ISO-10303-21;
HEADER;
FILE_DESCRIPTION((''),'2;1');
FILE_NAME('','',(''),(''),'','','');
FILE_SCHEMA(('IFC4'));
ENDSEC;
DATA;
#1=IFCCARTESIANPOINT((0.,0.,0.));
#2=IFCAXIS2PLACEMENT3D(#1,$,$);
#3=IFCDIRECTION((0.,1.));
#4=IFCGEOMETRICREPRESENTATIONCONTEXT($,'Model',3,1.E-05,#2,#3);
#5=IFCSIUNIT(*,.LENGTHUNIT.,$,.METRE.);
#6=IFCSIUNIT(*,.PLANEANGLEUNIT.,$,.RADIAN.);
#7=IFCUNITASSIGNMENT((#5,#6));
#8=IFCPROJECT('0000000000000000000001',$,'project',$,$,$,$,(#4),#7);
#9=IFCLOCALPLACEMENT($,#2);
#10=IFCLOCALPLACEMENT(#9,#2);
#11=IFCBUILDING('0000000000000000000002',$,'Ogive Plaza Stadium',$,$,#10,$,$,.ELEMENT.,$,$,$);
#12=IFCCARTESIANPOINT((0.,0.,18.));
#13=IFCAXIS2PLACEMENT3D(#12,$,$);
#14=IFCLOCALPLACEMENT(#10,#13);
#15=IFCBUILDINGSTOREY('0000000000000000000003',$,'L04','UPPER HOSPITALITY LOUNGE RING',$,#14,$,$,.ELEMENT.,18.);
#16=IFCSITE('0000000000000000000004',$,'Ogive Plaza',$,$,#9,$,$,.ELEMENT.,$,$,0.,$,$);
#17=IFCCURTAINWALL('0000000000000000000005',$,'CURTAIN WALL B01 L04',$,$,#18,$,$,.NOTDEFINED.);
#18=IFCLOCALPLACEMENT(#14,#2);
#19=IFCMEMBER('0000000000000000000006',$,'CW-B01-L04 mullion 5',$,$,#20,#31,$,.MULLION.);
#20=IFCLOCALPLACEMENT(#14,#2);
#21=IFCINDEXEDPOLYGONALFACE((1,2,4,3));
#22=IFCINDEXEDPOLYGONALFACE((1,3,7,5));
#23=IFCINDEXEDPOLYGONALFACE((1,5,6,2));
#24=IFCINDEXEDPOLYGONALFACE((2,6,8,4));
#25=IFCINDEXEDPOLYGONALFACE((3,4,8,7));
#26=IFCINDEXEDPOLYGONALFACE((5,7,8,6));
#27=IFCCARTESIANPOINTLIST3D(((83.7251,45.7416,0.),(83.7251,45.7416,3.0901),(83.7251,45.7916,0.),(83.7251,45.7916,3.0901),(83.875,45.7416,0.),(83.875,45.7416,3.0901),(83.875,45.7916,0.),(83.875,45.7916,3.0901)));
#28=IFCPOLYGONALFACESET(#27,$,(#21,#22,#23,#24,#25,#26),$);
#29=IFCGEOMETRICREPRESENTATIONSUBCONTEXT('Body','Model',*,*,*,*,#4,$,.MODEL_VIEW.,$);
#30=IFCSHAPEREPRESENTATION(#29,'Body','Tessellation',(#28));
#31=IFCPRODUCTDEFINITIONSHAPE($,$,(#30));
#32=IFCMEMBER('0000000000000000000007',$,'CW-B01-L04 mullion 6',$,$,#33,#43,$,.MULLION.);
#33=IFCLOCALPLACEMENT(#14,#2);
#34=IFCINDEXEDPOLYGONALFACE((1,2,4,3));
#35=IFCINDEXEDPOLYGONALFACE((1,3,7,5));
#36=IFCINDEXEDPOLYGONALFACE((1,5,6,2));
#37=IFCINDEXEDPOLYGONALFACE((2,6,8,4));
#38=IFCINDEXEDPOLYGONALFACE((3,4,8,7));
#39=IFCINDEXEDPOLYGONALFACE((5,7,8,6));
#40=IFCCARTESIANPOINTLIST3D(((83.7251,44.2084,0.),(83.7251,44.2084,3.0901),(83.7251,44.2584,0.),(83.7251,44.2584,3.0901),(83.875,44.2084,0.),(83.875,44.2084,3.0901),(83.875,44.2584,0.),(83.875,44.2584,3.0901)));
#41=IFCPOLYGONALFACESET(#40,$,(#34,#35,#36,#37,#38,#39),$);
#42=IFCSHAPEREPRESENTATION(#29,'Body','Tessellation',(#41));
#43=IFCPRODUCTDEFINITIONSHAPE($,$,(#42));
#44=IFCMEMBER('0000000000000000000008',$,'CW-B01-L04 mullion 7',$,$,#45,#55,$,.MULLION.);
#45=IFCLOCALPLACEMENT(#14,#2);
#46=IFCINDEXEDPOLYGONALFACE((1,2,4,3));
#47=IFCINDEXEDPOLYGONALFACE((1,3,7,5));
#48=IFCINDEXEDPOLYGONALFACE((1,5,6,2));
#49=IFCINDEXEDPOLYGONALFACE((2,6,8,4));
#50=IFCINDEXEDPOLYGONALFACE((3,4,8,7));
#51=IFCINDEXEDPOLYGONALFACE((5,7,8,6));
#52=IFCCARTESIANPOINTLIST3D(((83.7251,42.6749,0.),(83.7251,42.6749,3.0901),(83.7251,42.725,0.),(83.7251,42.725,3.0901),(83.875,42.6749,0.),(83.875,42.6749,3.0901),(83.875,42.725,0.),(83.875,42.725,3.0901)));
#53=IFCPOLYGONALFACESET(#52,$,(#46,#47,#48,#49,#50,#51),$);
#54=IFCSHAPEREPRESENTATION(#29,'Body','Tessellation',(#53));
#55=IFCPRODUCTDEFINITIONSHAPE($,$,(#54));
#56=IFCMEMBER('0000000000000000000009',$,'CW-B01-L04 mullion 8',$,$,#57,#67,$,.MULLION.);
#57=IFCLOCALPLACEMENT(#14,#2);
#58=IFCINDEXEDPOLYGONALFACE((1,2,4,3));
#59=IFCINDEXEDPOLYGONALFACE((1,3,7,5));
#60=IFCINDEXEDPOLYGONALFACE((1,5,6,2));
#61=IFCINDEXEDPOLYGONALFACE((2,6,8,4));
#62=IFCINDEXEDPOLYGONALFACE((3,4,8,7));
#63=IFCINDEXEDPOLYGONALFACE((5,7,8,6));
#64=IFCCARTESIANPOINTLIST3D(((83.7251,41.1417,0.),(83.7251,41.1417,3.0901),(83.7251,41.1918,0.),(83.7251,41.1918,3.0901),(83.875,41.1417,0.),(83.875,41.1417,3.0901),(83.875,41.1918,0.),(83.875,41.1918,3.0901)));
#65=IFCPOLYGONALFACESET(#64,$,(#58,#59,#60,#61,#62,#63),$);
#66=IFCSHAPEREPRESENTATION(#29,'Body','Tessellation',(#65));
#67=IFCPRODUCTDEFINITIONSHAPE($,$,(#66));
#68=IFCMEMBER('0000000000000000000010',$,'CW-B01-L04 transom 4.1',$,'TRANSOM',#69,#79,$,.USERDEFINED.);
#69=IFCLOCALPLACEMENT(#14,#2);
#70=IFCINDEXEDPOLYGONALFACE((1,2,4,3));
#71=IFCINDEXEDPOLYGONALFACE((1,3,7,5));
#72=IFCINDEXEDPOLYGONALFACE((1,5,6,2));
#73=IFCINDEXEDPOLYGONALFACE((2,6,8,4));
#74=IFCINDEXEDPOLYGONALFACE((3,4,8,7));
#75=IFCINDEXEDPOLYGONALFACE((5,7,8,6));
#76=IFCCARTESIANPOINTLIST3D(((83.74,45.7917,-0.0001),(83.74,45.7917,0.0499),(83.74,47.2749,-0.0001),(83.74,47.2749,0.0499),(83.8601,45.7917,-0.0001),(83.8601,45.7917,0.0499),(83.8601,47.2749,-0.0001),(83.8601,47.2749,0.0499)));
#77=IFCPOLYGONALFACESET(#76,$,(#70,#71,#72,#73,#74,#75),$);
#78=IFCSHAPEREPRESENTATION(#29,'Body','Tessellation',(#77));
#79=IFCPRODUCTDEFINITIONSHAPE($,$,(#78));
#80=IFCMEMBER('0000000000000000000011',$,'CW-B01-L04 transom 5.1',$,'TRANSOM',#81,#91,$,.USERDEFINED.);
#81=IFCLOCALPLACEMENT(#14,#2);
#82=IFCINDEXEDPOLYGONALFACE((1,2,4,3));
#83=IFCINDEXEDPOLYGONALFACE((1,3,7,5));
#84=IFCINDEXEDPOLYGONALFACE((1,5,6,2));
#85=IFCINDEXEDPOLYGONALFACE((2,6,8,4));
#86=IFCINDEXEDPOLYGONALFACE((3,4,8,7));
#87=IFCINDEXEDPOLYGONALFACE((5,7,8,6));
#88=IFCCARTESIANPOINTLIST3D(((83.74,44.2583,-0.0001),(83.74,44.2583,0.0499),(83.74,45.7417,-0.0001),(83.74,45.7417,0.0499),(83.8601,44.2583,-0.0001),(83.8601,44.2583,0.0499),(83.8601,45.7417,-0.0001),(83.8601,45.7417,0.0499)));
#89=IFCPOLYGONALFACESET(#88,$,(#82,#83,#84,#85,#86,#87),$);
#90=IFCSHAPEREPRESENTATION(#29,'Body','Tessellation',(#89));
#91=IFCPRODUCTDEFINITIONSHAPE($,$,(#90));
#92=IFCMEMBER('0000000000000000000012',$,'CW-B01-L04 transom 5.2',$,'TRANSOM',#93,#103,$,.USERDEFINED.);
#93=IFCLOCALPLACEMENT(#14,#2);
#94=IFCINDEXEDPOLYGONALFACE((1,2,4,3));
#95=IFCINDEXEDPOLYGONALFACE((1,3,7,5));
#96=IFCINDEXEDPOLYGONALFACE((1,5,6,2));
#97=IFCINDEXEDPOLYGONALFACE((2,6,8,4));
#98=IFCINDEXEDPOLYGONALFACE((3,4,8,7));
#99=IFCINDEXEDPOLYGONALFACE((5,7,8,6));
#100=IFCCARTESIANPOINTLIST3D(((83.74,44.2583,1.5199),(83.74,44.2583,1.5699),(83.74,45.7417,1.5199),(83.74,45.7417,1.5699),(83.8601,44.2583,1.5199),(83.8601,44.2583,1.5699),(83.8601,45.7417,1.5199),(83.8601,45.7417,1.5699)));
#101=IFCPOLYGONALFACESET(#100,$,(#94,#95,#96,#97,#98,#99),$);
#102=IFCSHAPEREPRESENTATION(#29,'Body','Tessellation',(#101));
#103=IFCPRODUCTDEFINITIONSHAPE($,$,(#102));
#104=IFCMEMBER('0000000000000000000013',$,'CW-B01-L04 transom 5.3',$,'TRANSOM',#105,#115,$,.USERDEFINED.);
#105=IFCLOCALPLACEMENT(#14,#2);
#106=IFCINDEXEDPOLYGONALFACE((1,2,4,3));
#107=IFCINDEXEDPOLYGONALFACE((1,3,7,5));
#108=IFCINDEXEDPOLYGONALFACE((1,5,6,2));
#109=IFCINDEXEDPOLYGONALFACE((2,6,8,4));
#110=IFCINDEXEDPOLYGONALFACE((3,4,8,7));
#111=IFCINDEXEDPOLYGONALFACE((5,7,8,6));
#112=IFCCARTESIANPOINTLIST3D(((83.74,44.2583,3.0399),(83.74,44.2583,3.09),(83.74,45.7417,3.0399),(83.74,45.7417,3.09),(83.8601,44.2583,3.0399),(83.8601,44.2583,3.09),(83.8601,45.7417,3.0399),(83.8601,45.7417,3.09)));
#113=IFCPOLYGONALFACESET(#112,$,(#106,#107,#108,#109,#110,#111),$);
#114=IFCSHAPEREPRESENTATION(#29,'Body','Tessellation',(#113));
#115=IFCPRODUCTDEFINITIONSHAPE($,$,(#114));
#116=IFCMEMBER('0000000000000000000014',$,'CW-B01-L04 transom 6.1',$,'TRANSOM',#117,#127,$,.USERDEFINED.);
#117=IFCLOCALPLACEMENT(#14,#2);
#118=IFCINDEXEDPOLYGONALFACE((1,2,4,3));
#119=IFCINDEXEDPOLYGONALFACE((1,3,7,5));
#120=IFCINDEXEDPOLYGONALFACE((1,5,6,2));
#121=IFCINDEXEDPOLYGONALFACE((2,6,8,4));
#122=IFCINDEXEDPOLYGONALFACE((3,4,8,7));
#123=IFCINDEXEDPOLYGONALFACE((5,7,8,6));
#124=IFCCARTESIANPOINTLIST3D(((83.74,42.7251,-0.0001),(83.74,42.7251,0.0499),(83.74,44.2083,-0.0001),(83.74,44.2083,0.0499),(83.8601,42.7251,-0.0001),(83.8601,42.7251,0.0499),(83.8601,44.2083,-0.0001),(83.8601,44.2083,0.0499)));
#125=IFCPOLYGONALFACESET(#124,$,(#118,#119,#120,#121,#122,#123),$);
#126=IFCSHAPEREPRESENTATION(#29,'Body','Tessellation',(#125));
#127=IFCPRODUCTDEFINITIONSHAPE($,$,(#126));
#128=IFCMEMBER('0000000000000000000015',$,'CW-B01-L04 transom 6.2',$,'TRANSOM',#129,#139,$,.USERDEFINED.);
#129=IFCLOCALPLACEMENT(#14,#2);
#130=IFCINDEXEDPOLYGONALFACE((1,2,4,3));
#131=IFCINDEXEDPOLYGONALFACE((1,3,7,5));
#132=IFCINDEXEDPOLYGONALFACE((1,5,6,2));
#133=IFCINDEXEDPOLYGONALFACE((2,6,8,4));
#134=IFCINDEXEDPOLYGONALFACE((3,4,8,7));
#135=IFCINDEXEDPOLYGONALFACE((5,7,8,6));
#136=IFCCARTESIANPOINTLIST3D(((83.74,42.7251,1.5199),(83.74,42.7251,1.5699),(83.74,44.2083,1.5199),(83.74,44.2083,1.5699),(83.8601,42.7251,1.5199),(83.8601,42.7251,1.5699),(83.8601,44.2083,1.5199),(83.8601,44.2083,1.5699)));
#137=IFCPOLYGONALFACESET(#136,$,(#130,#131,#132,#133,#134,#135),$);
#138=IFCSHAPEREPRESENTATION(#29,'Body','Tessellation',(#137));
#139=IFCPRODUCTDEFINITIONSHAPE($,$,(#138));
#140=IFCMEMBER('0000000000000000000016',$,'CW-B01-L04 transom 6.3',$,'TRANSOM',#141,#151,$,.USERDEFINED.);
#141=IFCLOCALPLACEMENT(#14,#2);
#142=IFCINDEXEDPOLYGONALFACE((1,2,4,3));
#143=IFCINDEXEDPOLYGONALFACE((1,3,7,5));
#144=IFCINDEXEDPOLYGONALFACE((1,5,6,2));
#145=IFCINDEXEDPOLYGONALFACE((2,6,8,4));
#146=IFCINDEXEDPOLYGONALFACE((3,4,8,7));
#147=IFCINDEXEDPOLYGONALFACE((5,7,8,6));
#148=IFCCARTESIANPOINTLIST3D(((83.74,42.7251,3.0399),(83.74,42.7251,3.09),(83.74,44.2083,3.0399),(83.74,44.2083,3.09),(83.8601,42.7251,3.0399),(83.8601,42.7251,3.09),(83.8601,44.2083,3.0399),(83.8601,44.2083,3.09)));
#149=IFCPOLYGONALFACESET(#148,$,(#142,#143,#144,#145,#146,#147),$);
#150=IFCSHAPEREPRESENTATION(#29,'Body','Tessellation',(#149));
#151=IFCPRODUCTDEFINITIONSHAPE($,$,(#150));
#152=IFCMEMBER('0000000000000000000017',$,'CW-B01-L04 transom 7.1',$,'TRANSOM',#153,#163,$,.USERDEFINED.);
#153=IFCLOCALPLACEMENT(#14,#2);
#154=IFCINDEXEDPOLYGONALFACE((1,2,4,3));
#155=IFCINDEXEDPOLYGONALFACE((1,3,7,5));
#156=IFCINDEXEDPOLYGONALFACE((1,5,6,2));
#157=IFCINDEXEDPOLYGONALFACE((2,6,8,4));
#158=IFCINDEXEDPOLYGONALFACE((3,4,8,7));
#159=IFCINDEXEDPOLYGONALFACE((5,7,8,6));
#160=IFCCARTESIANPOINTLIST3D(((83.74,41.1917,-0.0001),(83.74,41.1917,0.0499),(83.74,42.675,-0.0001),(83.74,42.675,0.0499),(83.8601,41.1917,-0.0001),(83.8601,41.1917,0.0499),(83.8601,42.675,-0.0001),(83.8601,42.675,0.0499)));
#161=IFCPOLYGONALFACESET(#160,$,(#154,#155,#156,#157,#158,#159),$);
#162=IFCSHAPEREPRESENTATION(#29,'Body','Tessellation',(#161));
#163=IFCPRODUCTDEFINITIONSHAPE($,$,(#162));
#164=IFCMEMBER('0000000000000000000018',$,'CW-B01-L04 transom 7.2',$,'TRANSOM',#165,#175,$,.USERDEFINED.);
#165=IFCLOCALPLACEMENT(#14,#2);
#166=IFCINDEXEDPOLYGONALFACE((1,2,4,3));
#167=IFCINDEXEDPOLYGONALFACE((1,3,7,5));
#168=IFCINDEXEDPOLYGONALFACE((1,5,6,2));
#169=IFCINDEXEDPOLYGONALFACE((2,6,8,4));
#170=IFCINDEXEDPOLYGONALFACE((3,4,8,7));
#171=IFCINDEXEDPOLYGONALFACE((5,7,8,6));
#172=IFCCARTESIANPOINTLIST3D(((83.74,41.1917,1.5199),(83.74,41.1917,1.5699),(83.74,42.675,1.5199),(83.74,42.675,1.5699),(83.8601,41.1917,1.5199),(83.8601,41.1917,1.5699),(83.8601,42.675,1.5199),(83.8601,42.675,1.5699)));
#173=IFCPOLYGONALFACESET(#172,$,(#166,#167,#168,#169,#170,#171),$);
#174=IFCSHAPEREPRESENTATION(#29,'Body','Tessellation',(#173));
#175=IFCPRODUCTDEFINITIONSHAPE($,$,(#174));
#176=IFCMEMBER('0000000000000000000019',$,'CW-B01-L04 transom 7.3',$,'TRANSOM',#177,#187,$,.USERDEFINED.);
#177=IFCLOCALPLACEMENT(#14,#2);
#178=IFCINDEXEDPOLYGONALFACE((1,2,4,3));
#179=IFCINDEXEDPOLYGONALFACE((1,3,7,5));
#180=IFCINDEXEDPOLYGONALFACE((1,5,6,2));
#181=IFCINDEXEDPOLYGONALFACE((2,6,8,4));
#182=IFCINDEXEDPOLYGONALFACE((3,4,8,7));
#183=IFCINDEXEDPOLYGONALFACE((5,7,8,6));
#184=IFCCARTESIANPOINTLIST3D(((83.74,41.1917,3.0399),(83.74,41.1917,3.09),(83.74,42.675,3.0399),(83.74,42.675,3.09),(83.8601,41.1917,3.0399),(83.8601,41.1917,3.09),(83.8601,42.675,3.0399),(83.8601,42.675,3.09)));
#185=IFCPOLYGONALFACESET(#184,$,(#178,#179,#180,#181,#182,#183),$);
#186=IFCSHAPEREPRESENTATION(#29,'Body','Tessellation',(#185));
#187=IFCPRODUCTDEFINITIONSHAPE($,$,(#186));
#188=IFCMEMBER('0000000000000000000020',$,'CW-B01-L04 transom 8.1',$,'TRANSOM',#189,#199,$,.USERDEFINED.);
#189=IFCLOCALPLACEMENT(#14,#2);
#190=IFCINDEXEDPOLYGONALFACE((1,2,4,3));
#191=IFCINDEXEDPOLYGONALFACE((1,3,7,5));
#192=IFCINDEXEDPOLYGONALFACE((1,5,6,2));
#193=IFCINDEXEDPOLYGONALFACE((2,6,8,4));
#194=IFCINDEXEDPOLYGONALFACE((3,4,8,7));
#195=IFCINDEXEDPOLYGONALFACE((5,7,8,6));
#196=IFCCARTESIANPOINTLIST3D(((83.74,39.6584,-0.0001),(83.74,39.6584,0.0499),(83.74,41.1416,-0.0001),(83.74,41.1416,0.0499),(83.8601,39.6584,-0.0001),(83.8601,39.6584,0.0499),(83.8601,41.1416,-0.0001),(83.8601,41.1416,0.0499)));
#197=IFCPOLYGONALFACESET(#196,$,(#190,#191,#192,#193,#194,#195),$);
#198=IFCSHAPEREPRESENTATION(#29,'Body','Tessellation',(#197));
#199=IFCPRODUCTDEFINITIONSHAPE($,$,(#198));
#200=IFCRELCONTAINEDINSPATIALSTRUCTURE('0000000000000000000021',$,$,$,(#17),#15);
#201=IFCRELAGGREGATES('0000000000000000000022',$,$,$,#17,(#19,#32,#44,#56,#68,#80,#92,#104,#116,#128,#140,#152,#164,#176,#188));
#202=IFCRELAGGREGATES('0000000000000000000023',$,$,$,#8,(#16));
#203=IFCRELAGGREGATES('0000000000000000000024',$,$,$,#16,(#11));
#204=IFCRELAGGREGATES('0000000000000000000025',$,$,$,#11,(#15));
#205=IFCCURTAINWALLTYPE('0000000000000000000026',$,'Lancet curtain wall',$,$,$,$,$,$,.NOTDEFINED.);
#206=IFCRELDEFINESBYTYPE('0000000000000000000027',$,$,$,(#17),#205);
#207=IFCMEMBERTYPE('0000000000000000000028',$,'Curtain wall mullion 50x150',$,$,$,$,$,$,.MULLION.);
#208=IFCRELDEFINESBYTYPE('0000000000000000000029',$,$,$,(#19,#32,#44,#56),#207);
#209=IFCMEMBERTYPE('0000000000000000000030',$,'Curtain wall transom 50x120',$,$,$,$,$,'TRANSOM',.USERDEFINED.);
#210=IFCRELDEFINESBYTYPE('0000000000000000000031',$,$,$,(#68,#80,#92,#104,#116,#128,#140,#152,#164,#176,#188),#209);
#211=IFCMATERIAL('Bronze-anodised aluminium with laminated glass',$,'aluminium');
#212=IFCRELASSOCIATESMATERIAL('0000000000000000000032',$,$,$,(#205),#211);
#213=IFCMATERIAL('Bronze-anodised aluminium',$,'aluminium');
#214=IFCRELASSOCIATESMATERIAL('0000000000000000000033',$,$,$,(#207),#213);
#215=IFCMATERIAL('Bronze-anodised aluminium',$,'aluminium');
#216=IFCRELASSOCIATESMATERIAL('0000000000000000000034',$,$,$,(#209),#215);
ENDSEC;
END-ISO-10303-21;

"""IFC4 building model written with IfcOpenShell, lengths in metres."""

from ifc_helpers import new_model, si_unit, direction, frame, origin, origin_2d, place, context, subcontext, project, spatial, rectangle, extrude, material, material_profile, profile_set, type_object, element, aggregate, save


model = new_model("IFC4")

# Units and contexts
model_context = context("Model", 3, precision=1e-05, world=origin(), true_north=direction((0.0, 1.0)))
body_context = subcontext(model_context, "Body", "Model", "MODEL_VIEW")
ifc_project = project(units=[si_unit("LENGTHUNIT", "METRE"), si_unit("PLANEANGLEUNIT", "RADIAN")], contexts=[model_context])

# Site, building, storey
site_placement = place(None, origin())
site = spatial("IfcSite", under=ifc_project, at=site_placement, Name="Ogive Plaza", CompositionType="ELEMENT", RefElevation=0.0)
building_placement = place(site_placement, origin())
building = spatial("IfcBuilding", under=site, at=building_placement, Name="Ogive Plaza Stadium", CompositionType="ELEMENT")
storey_placement = place(building_placement, frame((0.0, 0.0, 18.0)))
storey = spatial("IfcBuildingStorey", under=building, at=storey_placement, Name="L04", Description="UPPER HOSPITALITY LOUNGE RING", CompositionType="ELEMENT", Elevation=18.0)

# Curtain wall, members
ifc_material_1 = material(Name="Bronze-anodised aluminium with laminated glass", Category="aluminium")
curtain_wall_type = type_object("IfcCurtainWallType", Name="Lancet curtain wall", PredefinedType="NOTDEFINED", material=ifc_material_1)
curtain_wall_placement = place(storey_placement, origin())
curtain_wall = element("IfcCurtainWall", 1, at=curtain_wall_placement, inside=storey, type_object=curtain_wall_type, Name="CURTAIN WALL B01 L04", PredefinedType="NOTDEFINED")
ifc_material_2 = material(Name="Bronze-anodised aluminium", Category="aluminium")
ifc_material_profile_1 = material_profile(ifc_material_2, rectangle(XDim=0.1499, YDim=0.05, at=origin_2d()), Name="AL 150x50")
ifc_profile_set_1 = profile_set([ifc_material_profile_1], Name="Bronze-anodised aluminium")
member_type_1 = type_object("IfcMemberType", Name="Curtain wall mullion 50x150", PredefinedType="MULLION", material=ifc_profile_set_1)
member_1_placement = place(storey_placement, frame((83.8, 45.7666, 0.0), z_axis=(0.0, 0.0, 1.0), x_axis=(1.0, 0.0, 0.0)))
member_1 = element("IfcMember", 2, at=member_1_placement, type_object=member_type_1, Name="CW-B01-L04 mullion 5", PredefinedType="MULLION", context=body_context, shape_type="SweptSolid", body=[
    extrude(rectangle(XDim=0.1499, YDim=0.05, at=origin_2d()), origin(), (0.0, 0.0, 1.0), 3.0901),
])
member_2_placement = place(storey_placement, frame((83.8, 44.2334, 0.0), z_axis=(0.0, 0.0, 1.0), x_axis=(1.0, 0.0, 0.0)))
member_2 = element("IfcMember", 3, at=member_2_placement, type_object=member_type_1, Name="CW-B01-L04 mullion 6", PredefinedType="MULLION", context=body_context, shape_type="SweptSolid", body=[
    extrude(rectangle(XDim=0.1499, YDim=0.05, at=origin_2d()), origin(), (0.0, 0.0, 1.0), 3.0901),
])
member_3_placement = place(storey_placement, frame((83.8, 42.7, 0.0), z_axis=(0.0, 0.0, 1.0), x_axis=(1.0, 0.0, 0.0)))
member_3 = element("IfcMember", 4, at=member_3_placement, type_object=member_type_1, Name="CW-B01-L04 mullion 7", PredefinedType="MULLION", context=body_context, shape_type="SweptSolid", body=[
    extrude(rectangle(XDim=0.1499, YDim=0.05, at=origin_2d()), origin(), (0.0, 0.0, 1.0), 3.0901),
])
member_4_placement = place(storey_placement, frame((83.8, 41.1667, 0.0), z_axis=(0.0, 0.0, 1.0), x_axis=(1.0, 0.0, 0.0)))
member_4 = element("IfcMember", 5, at=member_4_placement, type_object=member_type_1, Name="CW-B01-L04 mullion 8", PredefinedType="MULLION", context=body_context, shape_type="SweptSolid", body=[
    extrude(rectangle(XDim=0.1499, YDim=0.05, at=origin_2d()), origin(), (0.0, 0.0, 1.0), 3.0901),
])
ifc_material_3 = material(Name="Bronze-anodised aluminium", Category="aluminium")
ifc_material_profile_2 = material_profile(ifc_material_3, rectangle(XDim=0.1201, YDim=0.05, at=origin_2d()), Name="AL 120x50")
ifc_profile_set_2 = profile_set([ifc_material_profile_2], Name="Bronze-anodised aluminium")
member_type_2 = type_object("IfcMemberType", Name="Curtain wall transom 50x120", ElementType="TRANSOM", PredefinedType="USERDEFINED", material=ifc_profile_set_2)
member_5_placement = place(storey_placement, frame((83.8, 47.2749, 0.0249), z_axis=(0.0, -1.0, 0.0), x_axis=(1.0, 0.0, 0.0)))
member_5 = element("IfcMember", 6, at=member_5_placement, type_object=member_type_2, Name="CW-B01-L04 transom 4.1", ObjectType="TRANSOM", PredefinedType="USERDEFINED", context=body_context, shape_type="SweptSolid", body=[
    extrude(rectangle(XDim=0.1201, YDim=0.05, at=origin_2d()), origin(), (0.0, 0.0, 1.0), 1.4832),
])
member_6_placement = place(storey_placement, frame((83.8, 45.7417, 0.0249), z_axis=(0.0, -1.0, 0.0), x_axis=(1.0, 0.0, 0.0)))
member_6 = element("IfcMember", 7, at=member_6_placement, type_object=member_type_2, Name="CW-B01-L04 transom 5.1", ObjectType="TRANSOM", PredefinedType="USERDEFINED", context=body_context, shape_type="SweptSolid", body=[
    extrude(rectangle(XDim=0.1201, YDim=0.05, at=origin_2d()), origin(), (0.0, 0.0, 1.0), 1.4834),
])
member_7_placement = place(storey_placement, frame((83.8, 45.7417, 1.5449), z_axis=(0.0, -1.0, 0.0), x_axis=(1.0, 0.0, 0.0)))
member_7 = element("IfcMember", 8, at=member_7_placement, type_object=member_type_2, Name="CW-B01-L04 transom 5.2", ObjectType="TRANSOM", PredefinedType="USERDEFINED", context=body_context, shape_type="SweptSolid", body=[
    extrude(rectangle(XDim=0.1201, YDim=0.05, at=origin_2d()), origin(), (0.0, 0.0, 1.0), 1.4834),
])
member_8_placement = place(storey_placement, frame((83.8, 45.7417, 3.0649), z_axis=(0.0, -1.0, 0.0), x_axis=(1.0, 0.0, 0.0)))
member_8 = element("IfcMember", 9, at=member_8_placement, type_object=member_type_2, Name="CW-B01-L04 transom 5.3", ObjectType="TRANSOM", PredefinedType="USERDEFINED", context=body_context, shape_type="SweptSolid", body=[
    extrude(rectangle(XDim=0.1201, YDim=0.05, at=origin_2d()), origin(), (0.0, 0.0, 1.0), 1.4834),
])
member_9_placement = place(storey_placement, frame((83.8, 44.2083, 0.0249), z_axis=(0.0, -1.0, 0.0), x_axis=(1.0, 0.0, 0.0)))
member_9 = element("IfcMember", 10, at=member_9_placement, type_object=member_type_2, Name="CW-B01-L04 transom 6.1", ObjectType="TRANSOM", PredefinedType="USERDEFINED", context=body_context, shape_type="SweptSolid", body=[
    extrude(rectangle(XDim=0.1201, YDim=0.05, at=origin_2d()), origin(), (0.0, 0.0, 1.0), 1.4832),
])
member_10_placement = place(storey_placement, frame((83.8, 44.2083, 1.5449), z_axis=(0.0, -1.0, 0.0), x_axis=(1.0, 0.0, 0.0)))
member_10 = element("IfcMember", 11, at=member_10_placement, type_object=member_type_2, Name="CW-B01-L04 transom 6.2", ObjectType="TRANSOM", PredefinedType="USERDEFINED", context=body_context, shape_type="SweptSolid", body=[
    extrude(rectangle(XDim=0.1201, YDim=0.05, at=origin_2d()), origin(), (0.0, 0.0, 1.0), 1.4832),
])
member_11_placement = place(storey_placement, frame((83.8, 44.2083, 3.0649), z_axis=(0.0, -1.0, 0.0), x_axis=(1.0, 0.0, 0.0)))
member_11 = element("IfcMember", 12, at=member_11_placement, type_object=member_type_2, Name="CW-B01-L04 transom 6.3", ObjectType="TRANSOM", PredefinedType="USERDEFINED", context=body_context, shape_type="SweptSolid", body=[
    extrude(rectangle(XDim=0.1201, YDim=0.05, at=origin_2d()), origin(), (0.0, 0.0, 1.0), 1.4832),
])
member_12_placement = place(storey_placement, frame((83.8, 42.675, 0.0249), z_axis=(0.0, -1.0, 0.0), x_axis=(1.0, 0.0, 0.0)))
member_12 = element("IfcMember", 13, at=member_12_placement, type_object=member_type_2, Name="CW-B01-L04 transom 7.1", ObjectType="TRANSOM", PredefinedType="USERDEFINED", context=body_context, shape_type="SweptSolid", body=[
    extrude(rectangle(XDim=0.1201, YDim=0.05, at=origin_2d()), origin(), (0.0, 0.0, 1.0), 1.4834),
])
member_13_placement = place(storey_placement, frame((83.8, 42.675, 1.5449), z_axis=(0.0, -1.0, 0.0), x_axis=(1.0, 0.0, 0.0)))
member_13 = element("IfcMember", 14, at=member_13_placement, type_object=member_type_2, Name="CW-B01-L04 transom 7.2", ObjectType="TRANSOM", PredefinedType="USERDEFINED", context=body_context, shape_type="SweptSolid", body=[
    extrude(rectangle(XDim=0.1201, YDim=0.05, at=origin_2d()), origin(), (0.0, 0.0, 1.0), 1.4834),
])
member_14_placement = place(storey_placement, frame((83.8, 42.675, 3.0649), z_axis=(0.0, -1.0, 0.0), x_axis=(1.0, 0.0, 0.0)))
member_14 = element("IfcMember", 15, at=member_14_placement, type_object=member_type_2, Name="CW-B01-L04 transom 7.3", ObjectType="TRANSOM", PredefinedType="USERDEFINED", context=body_context, shape_type="SweptSolid", body=[
    extrude(rectangle(XDim=0.1201, YDim=0.05, at=origin_2d()), origin(), (0.0, 0.0, 1.0), 1.4834),
])
member_15_placement = place(storey_placement, frame((83.8, 41.1416, 0.0249), z_axis=(0.0, -1.0, 0.0), x_axis=(1.0, 0.0, 0.0)))
member_15 = element("IfcMember", 16, at=member_15_placement, type_object=member_type_2, Name="CW-B01-L04 transom 8.1", ObjectType="TRANSOM", PredefinedType="USERDEFINED", context=body_context, shape_type="SweptSolid", body=[
    extrude(rectangle(XDim=0.1201, YDim=0.05, at=origin_2d()), origin(), (0.0, 0.0, 1.0), 1.4832),
])
aggregate(curtain_wall, [member_1, member_2, member_3, member_4, member_5, member_6, member_7, member_8, member_9, member_10, member_11, member_12, member_13, member_14, member_15])

save(model, "model.ifc")
